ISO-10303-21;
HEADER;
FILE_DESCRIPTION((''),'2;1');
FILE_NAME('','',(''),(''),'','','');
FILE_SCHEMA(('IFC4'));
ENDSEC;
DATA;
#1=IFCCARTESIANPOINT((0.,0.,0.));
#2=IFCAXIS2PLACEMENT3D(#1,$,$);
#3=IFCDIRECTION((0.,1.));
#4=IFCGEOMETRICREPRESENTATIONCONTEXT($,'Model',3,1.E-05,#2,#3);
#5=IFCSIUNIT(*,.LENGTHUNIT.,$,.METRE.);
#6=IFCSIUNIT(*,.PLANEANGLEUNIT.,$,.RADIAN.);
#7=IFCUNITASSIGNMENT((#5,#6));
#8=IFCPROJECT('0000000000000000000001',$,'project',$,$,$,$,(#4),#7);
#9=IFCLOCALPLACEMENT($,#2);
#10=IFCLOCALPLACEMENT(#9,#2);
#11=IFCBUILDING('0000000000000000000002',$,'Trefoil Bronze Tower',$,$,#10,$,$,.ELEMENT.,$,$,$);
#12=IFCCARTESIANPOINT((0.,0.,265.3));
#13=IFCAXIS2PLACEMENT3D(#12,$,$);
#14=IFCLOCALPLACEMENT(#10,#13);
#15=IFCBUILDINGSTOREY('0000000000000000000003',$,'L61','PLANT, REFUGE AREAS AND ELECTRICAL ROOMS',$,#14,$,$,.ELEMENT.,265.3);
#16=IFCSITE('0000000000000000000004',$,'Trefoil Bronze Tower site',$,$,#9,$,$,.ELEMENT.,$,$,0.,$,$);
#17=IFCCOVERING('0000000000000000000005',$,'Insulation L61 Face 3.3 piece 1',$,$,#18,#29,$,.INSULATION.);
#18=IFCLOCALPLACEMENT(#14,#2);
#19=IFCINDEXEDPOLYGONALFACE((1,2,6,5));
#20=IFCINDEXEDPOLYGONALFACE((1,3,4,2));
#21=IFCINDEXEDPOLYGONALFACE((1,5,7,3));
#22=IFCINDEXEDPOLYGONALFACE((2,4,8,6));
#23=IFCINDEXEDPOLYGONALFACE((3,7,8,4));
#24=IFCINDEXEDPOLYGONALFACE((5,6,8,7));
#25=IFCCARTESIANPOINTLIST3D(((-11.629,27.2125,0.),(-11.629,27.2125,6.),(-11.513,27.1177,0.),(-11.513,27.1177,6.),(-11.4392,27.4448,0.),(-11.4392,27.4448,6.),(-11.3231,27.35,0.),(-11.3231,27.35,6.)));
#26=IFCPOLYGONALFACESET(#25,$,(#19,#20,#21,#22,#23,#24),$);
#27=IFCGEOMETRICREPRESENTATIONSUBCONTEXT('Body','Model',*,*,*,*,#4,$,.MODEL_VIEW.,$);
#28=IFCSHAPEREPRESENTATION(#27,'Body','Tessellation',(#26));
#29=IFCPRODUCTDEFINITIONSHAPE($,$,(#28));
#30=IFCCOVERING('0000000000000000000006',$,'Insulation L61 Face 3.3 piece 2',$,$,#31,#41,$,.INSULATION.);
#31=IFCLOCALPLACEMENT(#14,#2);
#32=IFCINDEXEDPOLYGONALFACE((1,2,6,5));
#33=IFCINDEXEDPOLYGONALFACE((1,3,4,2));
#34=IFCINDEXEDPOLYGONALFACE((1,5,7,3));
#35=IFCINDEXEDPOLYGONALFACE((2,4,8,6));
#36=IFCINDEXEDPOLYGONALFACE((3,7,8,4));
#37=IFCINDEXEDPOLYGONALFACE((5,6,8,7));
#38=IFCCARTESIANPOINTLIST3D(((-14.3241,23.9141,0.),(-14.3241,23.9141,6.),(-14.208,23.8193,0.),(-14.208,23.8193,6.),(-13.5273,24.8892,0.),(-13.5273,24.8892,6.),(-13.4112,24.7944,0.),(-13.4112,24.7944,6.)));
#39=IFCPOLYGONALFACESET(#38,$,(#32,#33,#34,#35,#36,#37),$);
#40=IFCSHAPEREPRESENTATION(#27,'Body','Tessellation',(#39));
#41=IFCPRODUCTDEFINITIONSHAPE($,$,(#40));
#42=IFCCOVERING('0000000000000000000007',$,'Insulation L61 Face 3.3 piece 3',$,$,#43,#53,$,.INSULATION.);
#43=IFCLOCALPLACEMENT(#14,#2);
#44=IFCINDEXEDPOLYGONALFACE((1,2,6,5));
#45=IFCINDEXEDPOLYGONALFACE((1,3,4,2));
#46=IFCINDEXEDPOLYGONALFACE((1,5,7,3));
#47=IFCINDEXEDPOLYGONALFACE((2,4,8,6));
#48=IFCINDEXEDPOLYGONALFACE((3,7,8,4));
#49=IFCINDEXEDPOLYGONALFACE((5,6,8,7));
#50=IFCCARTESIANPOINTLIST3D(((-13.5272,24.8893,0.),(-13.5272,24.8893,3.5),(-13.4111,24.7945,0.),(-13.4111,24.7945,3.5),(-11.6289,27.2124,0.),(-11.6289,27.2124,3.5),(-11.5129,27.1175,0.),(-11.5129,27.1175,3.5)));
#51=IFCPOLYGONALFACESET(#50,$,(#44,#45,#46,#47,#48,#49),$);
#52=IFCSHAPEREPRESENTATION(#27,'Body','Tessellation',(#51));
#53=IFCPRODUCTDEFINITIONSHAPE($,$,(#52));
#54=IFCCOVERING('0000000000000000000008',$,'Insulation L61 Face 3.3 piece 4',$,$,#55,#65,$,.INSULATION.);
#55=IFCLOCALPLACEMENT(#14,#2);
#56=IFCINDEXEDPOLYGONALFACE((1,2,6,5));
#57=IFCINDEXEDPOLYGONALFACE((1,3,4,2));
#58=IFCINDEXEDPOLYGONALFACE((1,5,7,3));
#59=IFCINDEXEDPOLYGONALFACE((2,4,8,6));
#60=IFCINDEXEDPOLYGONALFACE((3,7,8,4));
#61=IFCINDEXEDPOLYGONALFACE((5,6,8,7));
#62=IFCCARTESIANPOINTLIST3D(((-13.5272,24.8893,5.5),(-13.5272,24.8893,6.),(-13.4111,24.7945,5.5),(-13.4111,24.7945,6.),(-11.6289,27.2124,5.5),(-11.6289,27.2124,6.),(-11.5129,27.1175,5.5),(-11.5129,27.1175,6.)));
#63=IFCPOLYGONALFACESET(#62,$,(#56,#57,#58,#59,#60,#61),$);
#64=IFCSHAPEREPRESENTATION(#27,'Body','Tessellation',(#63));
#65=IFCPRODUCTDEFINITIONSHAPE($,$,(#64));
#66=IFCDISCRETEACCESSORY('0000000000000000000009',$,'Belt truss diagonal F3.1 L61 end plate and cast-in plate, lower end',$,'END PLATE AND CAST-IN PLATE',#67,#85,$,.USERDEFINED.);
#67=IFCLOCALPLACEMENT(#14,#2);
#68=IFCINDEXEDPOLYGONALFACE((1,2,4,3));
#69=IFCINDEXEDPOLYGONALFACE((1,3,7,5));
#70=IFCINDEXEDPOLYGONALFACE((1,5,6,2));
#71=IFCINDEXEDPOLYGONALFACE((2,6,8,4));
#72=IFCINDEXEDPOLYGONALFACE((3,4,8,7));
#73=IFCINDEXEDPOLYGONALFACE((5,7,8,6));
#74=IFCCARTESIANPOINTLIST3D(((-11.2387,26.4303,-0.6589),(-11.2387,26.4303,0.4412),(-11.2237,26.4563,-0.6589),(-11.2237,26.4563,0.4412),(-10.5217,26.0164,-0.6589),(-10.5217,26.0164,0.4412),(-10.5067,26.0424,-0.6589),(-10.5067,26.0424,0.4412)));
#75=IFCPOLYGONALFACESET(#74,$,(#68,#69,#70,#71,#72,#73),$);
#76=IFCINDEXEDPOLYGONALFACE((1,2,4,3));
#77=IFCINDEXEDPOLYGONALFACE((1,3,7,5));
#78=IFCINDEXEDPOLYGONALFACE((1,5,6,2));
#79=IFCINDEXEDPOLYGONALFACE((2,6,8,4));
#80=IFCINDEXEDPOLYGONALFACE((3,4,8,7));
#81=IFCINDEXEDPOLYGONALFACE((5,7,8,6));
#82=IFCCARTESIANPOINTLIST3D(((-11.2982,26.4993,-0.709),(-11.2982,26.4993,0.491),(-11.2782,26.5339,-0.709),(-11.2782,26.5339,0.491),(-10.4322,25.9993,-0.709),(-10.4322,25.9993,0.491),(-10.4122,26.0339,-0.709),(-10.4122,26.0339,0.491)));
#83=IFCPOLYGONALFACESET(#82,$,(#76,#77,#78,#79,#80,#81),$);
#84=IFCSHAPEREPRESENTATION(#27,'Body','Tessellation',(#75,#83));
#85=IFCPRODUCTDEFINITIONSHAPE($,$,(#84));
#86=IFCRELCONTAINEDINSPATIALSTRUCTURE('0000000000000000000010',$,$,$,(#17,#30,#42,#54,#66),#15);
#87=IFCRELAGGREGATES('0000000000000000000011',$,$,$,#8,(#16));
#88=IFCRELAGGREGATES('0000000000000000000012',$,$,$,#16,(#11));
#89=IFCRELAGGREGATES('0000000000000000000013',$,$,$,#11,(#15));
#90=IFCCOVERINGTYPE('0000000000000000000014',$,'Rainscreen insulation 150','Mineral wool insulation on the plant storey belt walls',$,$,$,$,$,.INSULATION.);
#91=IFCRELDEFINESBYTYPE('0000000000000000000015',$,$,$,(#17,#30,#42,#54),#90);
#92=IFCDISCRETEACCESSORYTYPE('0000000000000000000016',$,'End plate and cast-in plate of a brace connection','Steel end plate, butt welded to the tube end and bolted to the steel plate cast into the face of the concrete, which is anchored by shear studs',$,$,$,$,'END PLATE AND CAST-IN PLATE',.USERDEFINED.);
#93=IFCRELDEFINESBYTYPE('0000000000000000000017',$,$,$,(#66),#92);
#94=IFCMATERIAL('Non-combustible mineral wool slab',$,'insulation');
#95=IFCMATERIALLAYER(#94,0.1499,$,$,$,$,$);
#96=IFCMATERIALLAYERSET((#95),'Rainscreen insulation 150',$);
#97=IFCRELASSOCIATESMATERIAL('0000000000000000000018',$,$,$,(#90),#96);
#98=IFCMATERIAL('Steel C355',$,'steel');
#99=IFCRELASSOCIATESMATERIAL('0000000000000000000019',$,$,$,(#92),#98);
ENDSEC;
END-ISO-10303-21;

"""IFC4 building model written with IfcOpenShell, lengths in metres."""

from ifc_helpers import new_model, si_unit, direction, frame, origin, origin_2d, place, context, subcontext, project, spatial, rectangle, extrude, material, layer, layer_set, type_object, element, save


model = new_model("IFC4")

# Units and contexts
model_context = context("Model", 3, precision=1e-05, world=origin(), true_north=direction((0.0, 1.0)))
body_context = subcontext(model_context, "Body", "Model", "MODEL_VIEW")
ifc_project = project(units=[si_unit("LENGTHUNIT", "METRE"), si_unit("PLANEANGLEUNIT", "RADIAN")], contexts=[model_context])

# Site, building, storey
site_placement = place(None, origin())
site = spatial("IfcSite", under=ifc_project, at=site_placement, Name="Trefoil Bronze Tower site", CompositionType="ELEMENT", RefElevation=0.0)
building_placement = place(site_placement, origin())
building = spatial("IfcBuilding", under=site, at=building_placement, Name="Trefoil Bronze Tower", CompositionType="ELEMENT")
storey_placement = place(building_placement, frame((0.0, 0.0, 265.3)))
storey = spatial("IfcBuildingStorey", under=building, at=storey_placement, Name="L61", Description="PLANT, REFUGE AREAS AND ELECTRICAL ROOMS", CompositionType="ELEMENT", Elevation=265.3)

# Coverings
ifc_material_1 = material(Name="Non-combustible mineral wool slab", Category="insulation")
ifc_layer_1 = layer(ifc_material_1, 0.1499)
ifc_layer_set_1 = layer_set([ifc_layer_1], Name="Rainscreen insulation 150")
covering_type_1 = type_object("IfcCoveringType", Name="Rainscreen insulation 150", Description="Mineral wool insulation on the plant storey belt walls", PredefinedType="INSULATION", material=ifc_layer_set_1)
covering_1_placement = place(storey_placement, frame((-11.4761, 27.2812, 0.0), z_axis=(0.0, 0.0, 1.0), x_axis=(-0.632753, -0.774354, 0.0)))
element("IfcCovering", 1, at=covering_1_placement, inside=storey, type_object=covering_type_1, Name="Insulation L61 Face 3.3 piece 1", PredefinedType="INSULATION", context=body_context, shape_type="SweptSolid", body=[
    extrude(rectangle(XDim=0.3, YDim=0.1499, at=origin_2d()), origin(), (0.0, 0.0, 1.0), 6.0),
])
covering_2_placement = place(storey_placement, frame((-13.8677, 24.3542, 0.0), z_axis=(0.0, 0.0, 1.0), x_axis=(-0.632753, -0.774354, 0.0)))
element("IfcCovering", 2, at=covering_2_placement, inside=storey, type_object=covering_type_1, Name="Insulation L61 Face 3.3 piece 2", PredefinedType="INSULATION", context=body_context, shape_type="SweptSolid", body=[
    extrude(rectangle(XDim=1.2593, YDim=0.1499, at=origin_2d()), origin(), (0.0, 0.0, 1.0), 6.0),
])
covering_3_placement = place(storey_placement, frame((-12.52, 26.0034, 0.0), z_axis=(0.0, 0.0, 1.0), x_axis=(-0.632753, -0.774354, 0.0)))
element("IfcCovering", 3, at=covering_3_placement, inside=storey, type_object=covering_type_1, Name="Insulation L61 Face 3.3 piece 3", PredefinedType="INSULATION", context=body_context, shape_type="SweptSolid", body=[
    extrude(rectangle(XDim=3.0, YDim=0.1499, at=origin_2d()), origin(), (0.0, 0.0, 1.0), 3.5),
])
covering_4_placement = place(storey_placement, frame((-12.52, 26.0034, 5.5), z_axis=(0.0, 0.0, 1.0), x_axis=(-0.632753, -0.774354, 0.0)))
element("IfcCovering", 4, at=covering_4_placement, inside=storey, type_object=covering_type_1, Name="Insulation L61 Face 3.3 piece 4", PredefinedType="INSULATION", context=body_context, shape_type="SweptSolid", body=[
    extrude(rectangle(XDim=3.0, YDim=0.1499, at=origin_2d()), origin(), (0.0, 0.0, 1.0), 0.5),
])

# Discrete accessory
ifc_material_2 = material(Name="Steel C355", Category="steel")
discrete_accessory_type = type_object("IfcDiscreteAccessoryType", Name="End plate and cast-in plate of a brace connection", Description="Steel end plate, butt welded to the tube end and bolted to the steel plate cast into the face of the concrete, which is anchored by shear studs", ElementType="END PLATE AND CAST-IN PLATE", PredefinedType="USERDEFINED", material=ifc_material_2)
discrete_accessory_placement = place(storey_placement, frame((-10.8652, 26.2493, -0.1089), z_axis=(0.0, 0.0, 1.0), x_axis=(-0.5, -0.866025, 0.0)))
element("IfcDiscreteAccessory", 5, at=discrete_accessory_placement, inside=storey, type_object=discrete_accessory_type, Name="Belt truss diagonal F3.1 L61 end plate and cast-in plate, lower end", ObjectType="END PLATE AND CAST-IN PLATE", PredefinedType="USERDEFINED", context=body_context, shape_type="SweptSolid", body=[
    extrude(rectangle(XDim=0.03, YDim=0.8279, at=origin_2d()), frame((0.0149, 0.0, -0.55)), (0.0, 0.0, 1.0), 1.1001),
    extrude(rectangle(XDim=0.04, YDim=1.0, at=origin_2d()), frame((-0.02, 0.0, -0.6001)), (0.0, 0.0, 1.0), 1.2),
])

save(model, "model.ifc")
